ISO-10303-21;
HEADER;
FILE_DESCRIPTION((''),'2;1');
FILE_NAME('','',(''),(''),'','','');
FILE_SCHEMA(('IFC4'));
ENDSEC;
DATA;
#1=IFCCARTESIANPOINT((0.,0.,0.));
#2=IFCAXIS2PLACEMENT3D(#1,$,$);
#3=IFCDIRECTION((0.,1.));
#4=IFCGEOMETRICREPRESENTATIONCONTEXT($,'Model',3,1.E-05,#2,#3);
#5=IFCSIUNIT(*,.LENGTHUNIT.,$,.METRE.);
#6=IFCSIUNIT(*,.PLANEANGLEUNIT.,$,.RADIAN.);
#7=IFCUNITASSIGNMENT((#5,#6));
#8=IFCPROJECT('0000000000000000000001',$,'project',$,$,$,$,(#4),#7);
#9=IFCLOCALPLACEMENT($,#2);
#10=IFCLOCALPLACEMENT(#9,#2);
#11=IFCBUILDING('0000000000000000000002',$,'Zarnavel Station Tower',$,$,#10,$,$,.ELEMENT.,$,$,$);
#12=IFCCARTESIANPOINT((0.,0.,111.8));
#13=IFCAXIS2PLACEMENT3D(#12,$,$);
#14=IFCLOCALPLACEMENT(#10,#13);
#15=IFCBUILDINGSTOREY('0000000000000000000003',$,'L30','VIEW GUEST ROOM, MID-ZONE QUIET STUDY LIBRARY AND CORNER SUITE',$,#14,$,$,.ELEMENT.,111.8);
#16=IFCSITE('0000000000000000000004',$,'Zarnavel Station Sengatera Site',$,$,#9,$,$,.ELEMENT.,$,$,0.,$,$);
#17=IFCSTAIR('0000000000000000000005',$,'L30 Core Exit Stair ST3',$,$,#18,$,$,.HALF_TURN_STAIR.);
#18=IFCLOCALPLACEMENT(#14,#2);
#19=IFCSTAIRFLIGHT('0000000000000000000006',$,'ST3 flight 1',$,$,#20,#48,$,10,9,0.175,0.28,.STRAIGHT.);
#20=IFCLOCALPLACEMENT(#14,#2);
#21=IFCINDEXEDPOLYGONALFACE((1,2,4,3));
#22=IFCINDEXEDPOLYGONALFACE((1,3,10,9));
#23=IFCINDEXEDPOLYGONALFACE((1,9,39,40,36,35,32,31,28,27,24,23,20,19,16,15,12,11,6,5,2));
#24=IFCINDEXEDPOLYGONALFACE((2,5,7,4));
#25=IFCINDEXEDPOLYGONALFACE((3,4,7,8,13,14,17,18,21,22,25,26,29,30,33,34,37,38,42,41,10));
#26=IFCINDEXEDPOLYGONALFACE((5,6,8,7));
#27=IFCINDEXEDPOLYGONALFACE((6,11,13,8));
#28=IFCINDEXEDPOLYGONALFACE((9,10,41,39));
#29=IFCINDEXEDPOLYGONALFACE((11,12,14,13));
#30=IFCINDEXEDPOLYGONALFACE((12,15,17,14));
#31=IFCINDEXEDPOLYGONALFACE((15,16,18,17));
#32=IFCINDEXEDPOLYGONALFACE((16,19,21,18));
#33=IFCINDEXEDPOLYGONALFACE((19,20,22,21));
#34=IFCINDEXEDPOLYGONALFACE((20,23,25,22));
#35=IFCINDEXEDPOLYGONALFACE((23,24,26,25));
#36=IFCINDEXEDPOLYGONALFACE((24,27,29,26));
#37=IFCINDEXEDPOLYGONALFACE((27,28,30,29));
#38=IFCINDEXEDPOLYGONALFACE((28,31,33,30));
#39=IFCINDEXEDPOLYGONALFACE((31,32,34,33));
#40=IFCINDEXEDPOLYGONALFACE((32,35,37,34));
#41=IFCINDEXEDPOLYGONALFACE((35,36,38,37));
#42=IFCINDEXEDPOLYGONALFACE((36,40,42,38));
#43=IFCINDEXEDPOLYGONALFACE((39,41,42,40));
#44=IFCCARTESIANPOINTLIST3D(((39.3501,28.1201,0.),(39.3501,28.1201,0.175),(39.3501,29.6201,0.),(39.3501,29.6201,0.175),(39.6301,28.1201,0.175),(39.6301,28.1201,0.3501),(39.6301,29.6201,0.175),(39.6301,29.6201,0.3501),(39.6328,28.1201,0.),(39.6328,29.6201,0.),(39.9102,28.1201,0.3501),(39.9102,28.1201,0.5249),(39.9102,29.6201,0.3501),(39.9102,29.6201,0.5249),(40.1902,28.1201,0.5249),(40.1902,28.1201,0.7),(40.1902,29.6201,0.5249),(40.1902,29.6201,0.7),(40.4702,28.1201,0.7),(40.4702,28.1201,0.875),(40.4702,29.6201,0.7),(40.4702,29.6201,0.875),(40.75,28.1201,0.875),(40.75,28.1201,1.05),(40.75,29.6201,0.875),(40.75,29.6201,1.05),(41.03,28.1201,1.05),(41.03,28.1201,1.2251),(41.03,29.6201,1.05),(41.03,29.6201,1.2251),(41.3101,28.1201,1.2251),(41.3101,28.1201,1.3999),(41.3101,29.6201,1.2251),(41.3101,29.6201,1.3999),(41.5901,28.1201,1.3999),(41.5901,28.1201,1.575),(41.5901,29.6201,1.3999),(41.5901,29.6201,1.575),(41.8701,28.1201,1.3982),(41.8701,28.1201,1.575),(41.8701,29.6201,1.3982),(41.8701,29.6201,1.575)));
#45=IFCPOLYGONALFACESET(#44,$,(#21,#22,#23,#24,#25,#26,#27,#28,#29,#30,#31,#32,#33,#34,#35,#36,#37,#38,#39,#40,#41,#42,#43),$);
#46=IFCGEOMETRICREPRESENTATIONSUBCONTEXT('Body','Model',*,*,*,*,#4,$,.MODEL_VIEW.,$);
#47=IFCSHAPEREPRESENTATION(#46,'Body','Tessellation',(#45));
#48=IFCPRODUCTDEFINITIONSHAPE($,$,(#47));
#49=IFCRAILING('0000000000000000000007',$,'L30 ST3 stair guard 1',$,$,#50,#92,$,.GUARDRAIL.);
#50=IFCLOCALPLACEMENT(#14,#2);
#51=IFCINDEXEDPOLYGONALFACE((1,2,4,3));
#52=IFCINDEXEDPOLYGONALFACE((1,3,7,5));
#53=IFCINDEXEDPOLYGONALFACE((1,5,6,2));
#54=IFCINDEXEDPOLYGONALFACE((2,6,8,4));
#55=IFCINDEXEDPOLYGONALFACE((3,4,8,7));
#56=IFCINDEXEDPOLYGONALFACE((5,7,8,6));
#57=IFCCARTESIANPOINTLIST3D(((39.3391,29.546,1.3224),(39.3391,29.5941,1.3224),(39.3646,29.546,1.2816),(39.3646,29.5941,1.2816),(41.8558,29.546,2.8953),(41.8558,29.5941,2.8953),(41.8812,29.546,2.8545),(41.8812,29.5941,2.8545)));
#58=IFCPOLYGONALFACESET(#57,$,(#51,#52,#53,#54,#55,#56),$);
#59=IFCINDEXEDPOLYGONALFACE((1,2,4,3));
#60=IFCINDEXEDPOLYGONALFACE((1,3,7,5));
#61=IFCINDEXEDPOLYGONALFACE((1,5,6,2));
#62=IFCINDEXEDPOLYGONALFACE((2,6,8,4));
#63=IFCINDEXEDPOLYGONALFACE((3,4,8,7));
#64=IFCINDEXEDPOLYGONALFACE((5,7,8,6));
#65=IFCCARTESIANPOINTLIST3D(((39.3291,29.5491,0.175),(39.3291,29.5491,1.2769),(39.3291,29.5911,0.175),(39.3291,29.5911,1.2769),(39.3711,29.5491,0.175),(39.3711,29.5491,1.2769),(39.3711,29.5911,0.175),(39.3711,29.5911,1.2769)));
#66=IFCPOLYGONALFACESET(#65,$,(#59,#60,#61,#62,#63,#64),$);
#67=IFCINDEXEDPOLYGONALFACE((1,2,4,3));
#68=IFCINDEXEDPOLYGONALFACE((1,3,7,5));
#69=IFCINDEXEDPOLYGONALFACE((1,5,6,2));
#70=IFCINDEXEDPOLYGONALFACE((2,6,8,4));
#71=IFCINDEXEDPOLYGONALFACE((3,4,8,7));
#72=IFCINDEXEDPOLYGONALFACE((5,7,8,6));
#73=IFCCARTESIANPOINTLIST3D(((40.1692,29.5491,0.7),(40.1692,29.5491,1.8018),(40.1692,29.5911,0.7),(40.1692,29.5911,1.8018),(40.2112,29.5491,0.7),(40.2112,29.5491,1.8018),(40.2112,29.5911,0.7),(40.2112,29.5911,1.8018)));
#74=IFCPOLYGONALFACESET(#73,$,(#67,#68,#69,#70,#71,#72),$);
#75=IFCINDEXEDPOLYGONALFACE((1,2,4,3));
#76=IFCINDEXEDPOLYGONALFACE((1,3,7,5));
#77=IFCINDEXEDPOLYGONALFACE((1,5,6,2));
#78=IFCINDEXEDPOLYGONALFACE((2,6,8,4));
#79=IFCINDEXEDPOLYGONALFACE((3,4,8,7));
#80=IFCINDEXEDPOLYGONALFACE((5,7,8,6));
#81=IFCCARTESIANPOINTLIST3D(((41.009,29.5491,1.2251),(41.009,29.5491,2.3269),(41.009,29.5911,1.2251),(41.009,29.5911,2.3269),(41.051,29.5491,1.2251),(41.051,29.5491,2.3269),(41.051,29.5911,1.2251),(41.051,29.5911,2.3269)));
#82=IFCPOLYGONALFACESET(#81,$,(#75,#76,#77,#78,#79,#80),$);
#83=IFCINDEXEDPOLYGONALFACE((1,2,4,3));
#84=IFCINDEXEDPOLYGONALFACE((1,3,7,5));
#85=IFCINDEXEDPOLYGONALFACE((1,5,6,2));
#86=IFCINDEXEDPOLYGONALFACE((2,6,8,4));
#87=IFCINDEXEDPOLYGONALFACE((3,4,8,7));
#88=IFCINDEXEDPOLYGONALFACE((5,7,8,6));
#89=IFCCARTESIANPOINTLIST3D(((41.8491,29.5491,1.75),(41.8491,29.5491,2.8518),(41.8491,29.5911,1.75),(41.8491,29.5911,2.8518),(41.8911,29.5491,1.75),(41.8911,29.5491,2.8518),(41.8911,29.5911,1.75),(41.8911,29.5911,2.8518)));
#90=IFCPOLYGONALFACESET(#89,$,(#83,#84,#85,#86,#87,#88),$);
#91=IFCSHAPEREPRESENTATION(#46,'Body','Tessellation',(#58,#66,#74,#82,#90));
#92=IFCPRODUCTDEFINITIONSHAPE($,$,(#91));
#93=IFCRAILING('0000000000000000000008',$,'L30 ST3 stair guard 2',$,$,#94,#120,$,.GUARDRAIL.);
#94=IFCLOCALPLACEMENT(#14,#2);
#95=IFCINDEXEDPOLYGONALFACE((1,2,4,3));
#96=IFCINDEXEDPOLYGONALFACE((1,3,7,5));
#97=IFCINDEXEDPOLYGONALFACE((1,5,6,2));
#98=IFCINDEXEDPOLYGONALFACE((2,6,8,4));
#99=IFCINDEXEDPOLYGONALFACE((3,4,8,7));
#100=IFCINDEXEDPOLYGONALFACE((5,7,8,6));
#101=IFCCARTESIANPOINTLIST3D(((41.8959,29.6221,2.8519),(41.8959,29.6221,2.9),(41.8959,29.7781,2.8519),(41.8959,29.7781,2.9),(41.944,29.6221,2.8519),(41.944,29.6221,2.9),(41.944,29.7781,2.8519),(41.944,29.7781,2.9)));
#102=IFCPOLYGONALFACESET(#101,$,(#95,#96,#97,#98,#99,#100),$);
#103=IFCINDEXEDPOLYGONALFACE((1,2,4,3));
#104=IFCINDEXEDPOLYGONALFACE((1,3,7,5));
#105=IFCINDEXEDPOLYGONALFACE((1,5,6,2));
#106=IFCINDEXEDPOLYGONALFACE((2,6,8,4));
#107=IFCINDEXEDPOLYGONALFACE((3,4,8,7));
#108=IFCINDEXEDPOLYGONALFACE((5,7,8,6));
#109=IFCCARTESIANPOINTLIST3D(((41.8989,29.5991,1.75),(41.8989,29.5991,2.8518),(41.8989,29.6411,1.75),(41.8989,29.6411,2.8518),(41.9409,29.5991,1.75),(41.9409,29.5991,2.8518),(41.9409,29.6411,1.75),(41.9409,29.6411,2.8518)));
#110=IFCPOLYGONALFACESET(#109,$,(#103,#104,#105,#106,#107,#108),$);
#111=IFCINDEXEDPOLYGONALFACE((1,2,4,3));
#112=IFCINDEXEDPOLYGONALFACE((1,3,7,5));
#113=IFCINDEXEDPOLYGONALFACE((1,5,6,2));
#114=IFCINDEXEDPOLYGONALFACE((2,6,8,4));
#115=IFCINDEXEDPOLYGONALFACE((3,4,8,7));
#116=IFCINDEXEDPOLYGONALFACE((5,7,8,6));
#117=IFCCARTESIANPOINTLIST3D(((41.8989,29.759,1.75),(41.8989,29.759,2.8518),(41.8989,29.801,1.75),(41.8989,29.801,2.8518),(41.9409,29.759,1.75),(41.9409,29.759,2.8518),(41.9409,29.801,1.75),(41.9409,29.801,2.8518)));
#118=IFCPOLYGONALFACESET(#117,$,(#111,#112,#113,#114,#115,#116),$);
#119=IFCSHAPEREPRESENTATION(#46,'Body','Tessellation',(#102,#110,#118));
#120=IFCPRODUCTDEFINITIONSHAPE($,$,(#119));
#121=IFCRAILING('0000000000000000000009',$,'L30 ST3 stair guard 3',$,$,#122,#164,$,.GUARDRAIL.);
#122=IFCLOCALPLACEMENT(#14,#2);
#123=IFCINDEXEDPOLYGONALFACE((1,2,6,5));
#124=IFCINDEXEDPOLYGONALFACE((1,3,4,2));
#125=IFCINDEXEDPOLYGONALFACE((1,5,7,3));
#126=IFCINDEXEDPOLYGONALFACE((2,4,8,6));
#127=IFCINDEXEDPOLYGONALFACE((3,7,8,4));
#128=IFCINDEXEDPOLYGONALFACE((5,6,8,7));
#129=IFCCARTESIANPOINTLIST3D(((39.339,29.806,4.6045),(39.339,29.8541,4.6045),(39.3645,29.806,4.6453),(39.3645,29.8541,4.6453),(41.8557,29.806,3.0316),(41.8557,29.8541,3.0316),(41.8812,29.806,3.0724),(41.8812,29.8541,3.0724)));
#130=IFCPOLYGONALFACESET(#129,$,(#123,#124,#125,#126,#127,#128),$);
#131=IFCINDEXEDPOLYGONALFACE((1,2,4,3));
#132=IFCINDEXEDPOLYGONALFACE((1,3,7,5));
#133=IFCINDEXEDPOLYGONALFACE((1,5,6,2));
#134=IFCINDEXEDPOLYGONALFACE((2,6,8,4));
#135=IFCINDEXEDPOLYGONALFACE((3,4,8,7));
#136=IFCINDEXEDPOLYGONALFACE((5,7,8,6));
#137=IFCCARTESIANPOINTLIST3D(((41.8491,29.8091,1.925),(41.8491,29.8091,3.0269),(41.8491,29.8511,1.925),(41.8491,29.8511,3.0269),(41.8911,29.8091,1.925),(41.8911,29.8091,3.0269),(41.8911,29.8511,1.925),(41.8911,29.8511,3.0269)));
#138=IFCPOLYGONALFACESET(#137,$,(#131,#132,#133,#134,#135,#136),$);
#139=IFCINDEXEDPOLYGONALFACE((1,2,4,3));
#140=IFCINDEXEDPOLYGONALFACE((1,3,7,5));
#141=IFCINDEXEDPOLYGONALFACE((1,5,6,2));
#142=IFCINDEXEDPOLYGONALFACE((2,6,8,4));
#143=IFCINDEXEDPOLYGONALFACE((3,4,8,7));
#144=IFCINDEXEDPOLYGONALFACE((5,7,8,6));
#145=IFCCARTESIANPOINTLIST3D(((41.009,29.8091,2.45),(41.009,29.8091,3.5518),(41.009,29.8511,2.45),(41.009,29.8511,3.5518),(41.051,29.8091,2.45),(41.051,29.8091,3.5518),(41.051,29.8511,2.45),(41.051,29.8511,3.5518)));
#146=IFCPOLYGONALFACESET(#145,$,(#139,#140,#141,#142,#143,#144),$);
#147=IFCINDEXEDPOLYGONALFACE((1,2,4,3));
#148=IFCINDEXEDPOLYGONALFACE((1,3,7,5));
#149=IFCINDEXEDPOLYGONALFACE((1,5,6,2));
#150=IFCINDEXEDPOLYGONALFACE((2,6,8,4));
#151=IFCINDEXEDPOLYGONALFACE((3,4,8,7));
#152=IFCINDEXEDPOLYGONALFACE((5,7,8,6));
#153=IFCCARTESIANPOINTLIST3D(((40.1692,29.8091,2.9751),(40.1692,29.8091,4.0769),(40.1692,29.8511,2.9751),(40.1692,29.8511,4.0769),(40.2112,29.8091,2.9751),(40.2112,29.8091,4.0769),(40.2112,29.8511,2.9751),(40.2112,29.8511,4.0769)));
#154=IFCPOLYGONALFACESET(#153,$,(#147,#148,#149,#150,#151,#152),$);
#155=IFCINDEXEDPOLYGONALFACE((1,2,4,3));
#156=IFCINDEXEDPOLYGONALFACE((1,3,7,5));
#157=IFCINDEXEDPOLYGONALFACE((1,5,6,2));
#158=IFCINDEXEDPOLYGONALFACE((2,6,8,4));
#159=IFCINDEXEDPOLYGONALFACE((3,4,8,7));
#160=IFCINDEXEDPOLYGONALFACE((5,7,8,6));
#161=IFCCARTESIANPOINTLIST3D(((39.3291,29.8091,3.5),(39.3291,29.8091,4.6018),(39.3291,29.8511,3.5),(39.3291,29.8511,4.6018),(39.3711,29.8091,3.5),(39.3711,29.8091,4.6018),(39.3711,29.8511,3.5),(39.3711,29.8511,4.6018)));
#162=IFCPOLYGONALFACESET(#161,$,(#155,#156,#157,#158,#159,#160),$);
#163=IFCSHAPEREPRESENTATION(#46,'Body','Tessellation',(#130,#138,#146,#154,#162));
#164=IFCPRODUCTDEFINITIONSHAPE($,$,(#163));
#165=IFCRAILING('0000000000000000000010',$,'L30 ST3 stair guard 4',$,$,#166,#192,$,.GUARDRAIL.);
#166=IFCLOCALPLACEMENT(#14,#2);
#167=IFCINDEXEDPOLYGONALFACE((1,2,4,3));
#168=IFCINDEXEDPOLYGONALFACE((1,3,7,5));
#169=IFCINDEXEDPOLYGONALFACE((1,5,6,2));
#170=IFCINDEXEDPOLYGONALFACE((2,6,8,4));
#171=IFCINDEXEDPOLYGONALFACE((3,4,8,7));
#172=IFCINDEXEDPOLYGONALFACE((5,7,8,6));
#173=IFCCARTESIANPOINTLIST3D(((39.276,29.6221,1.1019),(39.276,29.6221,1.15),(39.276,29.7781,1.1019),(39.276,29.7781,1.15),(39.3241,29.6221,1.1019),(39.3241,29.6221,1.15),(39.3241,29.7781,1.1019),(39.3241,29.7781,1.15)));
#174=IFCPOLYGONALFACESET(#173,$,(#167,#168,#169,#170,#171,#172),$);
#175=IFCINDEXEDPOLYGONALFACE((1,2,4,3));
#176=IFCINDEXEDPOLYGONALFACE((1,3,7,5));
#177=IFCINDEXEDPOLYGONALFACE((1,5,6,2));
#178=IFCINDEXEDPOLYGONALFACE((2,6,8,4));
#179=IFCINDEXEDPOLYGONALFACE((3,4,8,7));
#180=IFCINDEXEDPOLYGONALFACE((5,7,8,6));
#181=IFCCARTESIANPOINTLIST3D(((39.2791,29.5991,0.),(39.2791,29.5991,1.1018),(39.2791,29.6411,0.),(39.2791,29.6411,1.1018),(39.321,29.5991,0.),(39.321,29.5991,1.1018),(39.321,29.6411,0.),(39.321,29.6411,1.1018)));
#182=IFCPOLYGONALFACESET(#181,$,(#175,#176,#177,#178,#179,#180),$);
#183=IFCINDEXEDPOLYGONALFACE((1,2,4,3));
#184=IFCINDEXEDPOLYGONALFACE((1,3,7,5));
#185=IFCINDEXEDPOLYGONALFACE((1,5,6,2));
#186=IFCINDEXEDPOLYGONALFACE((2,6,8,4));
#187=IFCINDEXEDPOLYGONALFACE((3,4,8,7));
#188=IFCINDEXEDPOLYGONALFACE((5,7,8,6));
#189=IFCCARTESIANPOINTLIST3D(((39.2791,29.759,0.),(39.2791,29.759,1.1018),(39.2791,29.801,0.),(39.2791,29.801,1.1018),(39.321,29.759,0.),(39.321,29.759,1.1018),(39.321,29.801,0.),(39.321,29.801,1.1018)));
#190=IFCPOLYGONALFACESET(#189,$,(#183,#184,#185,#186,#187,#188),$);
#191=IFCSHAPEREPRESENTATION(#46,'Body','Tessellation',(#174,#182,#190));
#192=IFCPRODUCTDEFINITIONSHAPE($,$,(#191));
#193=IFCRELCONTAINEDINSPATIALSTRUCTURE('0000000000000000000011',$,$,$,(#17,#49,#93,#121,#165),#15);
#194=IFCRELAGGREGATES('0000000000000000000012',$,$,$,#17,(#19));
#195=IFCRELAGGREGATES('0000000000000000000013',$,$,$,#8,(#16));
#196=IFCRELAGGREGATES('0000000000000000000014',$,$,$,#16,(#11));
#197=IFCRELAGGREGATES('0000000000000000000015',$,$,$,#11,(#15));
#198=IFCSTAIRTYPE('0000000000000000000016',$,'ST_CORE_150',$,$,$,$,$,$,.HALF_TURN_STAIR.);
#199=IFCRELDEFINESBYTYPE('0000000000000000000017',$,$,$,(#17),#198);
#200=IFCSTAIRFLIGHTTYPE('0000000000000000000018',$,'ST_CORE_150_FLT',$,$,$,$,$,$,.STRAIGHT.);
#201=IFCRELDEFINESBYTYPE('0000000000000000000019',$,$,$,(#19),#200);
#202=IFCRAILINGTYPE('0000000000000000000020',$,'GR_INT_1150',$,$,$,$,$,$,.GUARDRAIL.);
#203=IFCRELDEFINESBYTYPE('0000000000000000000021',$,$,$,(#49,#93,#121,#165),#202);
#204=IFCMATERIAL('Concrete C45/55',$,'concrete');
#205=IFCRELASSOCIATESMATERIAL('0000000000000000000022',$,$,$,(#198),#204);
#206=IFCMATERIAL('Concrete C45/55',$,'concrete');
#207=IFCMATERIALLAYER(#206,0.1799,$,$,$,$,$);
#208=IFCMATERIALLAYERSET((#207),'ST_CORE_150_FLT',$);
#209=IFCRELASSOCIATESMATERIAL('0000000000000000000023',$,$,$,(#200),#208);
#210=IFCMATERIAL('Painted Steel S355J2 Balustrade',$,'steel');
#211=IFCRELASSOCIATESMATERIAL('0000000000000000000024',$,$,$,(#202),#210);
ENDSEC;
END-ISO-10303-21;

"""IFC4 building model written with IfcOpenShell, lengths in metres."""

from ifc_helpers import new_model, si_unit, direction, frame, origin, origin_2d, place, context, subcontext, project, spatial, polyline, rectangle, outline, extrude, material, layer, layer_set, type_object, element, aggregate, save


model = new_model("IFC4")

# Units and contexts
model_context = context("Model", 3, precision=1e-05, world=origin(), true_north=direction((0.0, 1.0)))
body_context = subcontext(model_context, "Body", "Model", "MODEL_VIEW")
ifc_project = project(units=[si_unit("LENGTHUNIT", "METRE"), si_unit("PLANEANGLEUNIT", "RADIAN")], contexts=[model_context])

# Site, building, storey
site_placement = place(None, origin())
site = spatial("IfcSite", under=ifc_project, at=site_placement, Name="Zarnavel Station Sengatera Site", CompositionType="ELEMENT", RefElevation=0.0)
building_placement = place(site_placement, origin())
building = spatial("IfcBuilding", under=site, at=building_placement, Name="Zarnavel Station Tower", CompositionType="ELEMENT")
storey_placement = place(building_placement, frame((0.0, 0.0, 111.8)))
storey = spatial("IfcBuildingStorey", under=building, at=storey_placement, Name="L30", Description="VIEW GUEST ROOM, MID-ZONE QUIET STUDY LIBRARY AND CORNER SUITE", CompositionType="ELEMENT", Elevation=111.8)

# Stair, stair flight
ifc_material_1 = material(Name="Concrete C45/55", Category="concrete")
stair_type = type_object("IfcStairType", Name="ST_CORE_150", PredefinedType="HALF_TURN_STAIR", material=ifc_material_1)
stair_placement = place(storey_placement, origin())
stair = element("IfcStair", 1, at=stair_placement, inside=storey, type_object=stair_type, Name="L30 Core Exit Stair ST3", PredefinedType="HALF_TURN_STAIR")
ifc_material_2 = material(Name="Concrete C45/55", Category="concrete")
ifc_layer_1 = layer(ifc_material_2, 0.1799)
ifc_layer_set_1 = layer_set([ifc_layer_1], Name="ST_CORE_150_FLT")
stair_flight_type = type_object("IfcStairFlightType", Name="ST_CORE_150_FLT", PredefinedType="STRAIGHT", material=ifc_layer_set_1)
stair_flight_placement = place(storey_placement, frame((39.3501, 28.8701, 0.0), z_axis=(0.0, 0.0, 1.0), x_axis=(1.0, 0.0, 0.0)))
stair_flight = element("IfcStairFlight", 2, at=stair_flight_placement, type_object=stair_flight_type, Name="ST3 flight 1", NumberOfRisers=10, NumberOfTreads=9, PredefinedType="STRAIGHT", RiserHeight=0.175, TreadLength=0.28, context=body_context, shape_type="SweptSolid", body=[
    extrude(outline(polyline([(0.0, 0.0), (0.0, 0.175), (0.28, 0.175), (0.28, 0.3501), (0.5601, 0.3501), (0.5601, 0.5249), (0.8401, 0.5249), (0.8401, 0.7), (1.1201, 0.7), (1.1201, 0.875), (1.3999, 0.875), (1.3999, 1.05), (1.6799, 1.05), (1.6799, 1.2251), (1.96, 1.2251), (1.96, 1.3999), (2.24, 1.3999), (2.24, 1.575), (2.52, 1.575), (2.52, 1.75), (2.52, 1.3982), (0.2827, 0.0), (0.0, 0.0)])), frame((0.0, 0.75, 0.0), z_axis=(0.0, -1.0, 0.0), x_axis=(1.0, 0.0, 0.0)), (0.0, 0.0, 1.0), 1.5),
])
aggregate(stair, [stair_flight])

# Railings
ifc_material_3 = material(Name="Painted Steel S355J2 Balustrade", Category="steel")
railing_type_1 = type_object("IfcRailingType", Name="GR_INT_1150", PredefinedType="GUARDRAIL", material=ifc_material_3)
railing_1_placement = place(storey_placement, frame((39.3501, 29.5701, 0.175)))
element("IfcRailing", 3, at=railing_1_placement, inside=storey, type_object=railing_type_1, Name="L30 ST3 stair guard 1", PredefinedType="GUARDRAIL", context=body_context, shape_type="SweptSolid", body=[
    extrude(rectangle(XDim=0.0481, YDim=0.0481, at=origin_2d()), frame((0.0017, 0.0, 1.127), z_axis=(0.848008, 0.0, 0.529984), x_axis=(0.0, 1.0, 0.0)), (0.0, 0.0, 1.0), 2.9678),
    extrude(rectangle(XDim=0.042, YDim=0.042, at=origin_2d()), origin(), (0.0, 0.0, 1.0), 1.1018),
    extrude(rectangle(XDim=0.042, YDim=0.042, at=origin_2d()), frame((0.8401, 0.0, 0.5249)), (0.0, 0.0, 1.0), 1.1018),
    extrude(rectangle(XDim=0.042, YDim=0.042, at=origin_2d()), frame((1.6799, 0.0, 1.05)), (0.0, 0.0, 1.0), 1.1018),
    extrude(rectangle(XDim=0.042, YDim=0.042, at=origin_2d()), frame((2.52, 0.0, 1.575)), (0.0, 0.0, 1.0), 1.1018),
])
railing_2_placement = place(storey_placement, frame((41.9199, 29.6201, 1.75)))
element("IfcRailing", 4, at=railing_2_placement, inside=storey, type_object=railing_type_1, Name="L30 ST3 stair guard 2", PredefinedType="GUARDRAIL", context=body_context, shape_type="SweptSolid", body=[
    extrude(rectangle(XDim=0.0481, YDim=0.0481, at=origin_2d()), frame((0.0, 0.002, 1.126), z_axis=(0.0, 1.0, 0.0), x_axis=(-1.0, 0.0, 0.0)), (0.0, 0.0, 1.0), 0.156),
    extrude(rectangle(XDim=0.042, YDim=0.042, at=origin_2d()), origin(), (0.0, 0.0, 1.0), 1.1018),
    extrude(rectangle(XDim=0.042, YDim=0.042, at=origin_2d()), frame((0.0, 0.1599, 0.0)), (0.0, 0.0, 1.0), 1.1018),
])
railing_3_placement = place(storey_placement, frame((41.8701, 29.8301, 1.925)))
element("IfcRailing", 5, at=railing_3_placement, inside=storey, type_object=railing_type_1, Name="L30 ST3 stair guard 3", PredefinedType="GUARDRAIL", context=body_context, shape_type="SweptSolid", body=[
    extrude(rectangle(XDim=0.0481, YDim=0.0481, at=origin_2d()), frame((-0.0017, 0.0, 1.127), z_axis=(-0.848008, 0.0, 0.529984), x_axis=(0.0, -1.0, 0.0)), (0.0, 0.0, 1.0), 2.9678),
    extrude(rectangle(XDim=0.042, YDim=0.042, at=origin_2d()), origin(), (0.0, 0.0, 1.0), 1.1018),
    extrude(rectangle(XDim=0.042, YDim=0.042, at=origin_2d()), frame((-0.8401, 0.0, 0.5249)), (0.0, 0.0, 1.0), 1.1018),
    extrude(rectangle(XDim=0.042, YDim=0.042, at=origin_2d()), frame((-1.6799, 0.0, 1.05)), (0.0, 0.0, 1.0), 1.1018),
    extrude(rectangle(XDim=0.042, YDim=0.042, at=origin_2d()), frame((-2.52, 0.0, 1.575)), (0.0, 0.0, 1.0), 1.1018),
])
railing_4_placement = place(storey_placement, frame((39.3, 29.6201, 0.0)))
element("IfcRailing", 6, at=railing_4_placement, inside=storey, type_object=railing_type_1, Name="L30 ST3 stair guard 4", PredefinedType="GUARDRAIL", context=body_context, shape_type="SweptSolid", body=[
    extrude(rectangle(XDim=0.0481, YDim=0.0481, at=origin_2d()), frame((0.0, 0.002, 1.126), z_axis=(0.0, 1.0, 0.0), x_axis=(-1.0, 0.0, 0.0)), (0.0, 0.0, 1.0), 0.156),
    extrude(rectangle(XDim=0.042, YDim=0.042, at=origin_2d()), origin(), (0.0, 0.0, 1.0), 1.1018),
    extrude(rectangle(XDim=0.042, YDim=0.042, at=origin_2d()), frame((0.0, 0.1599, 0.0)), (0.0, 0.0, 1.0), 1.1018),
])

save(model, "model.ifc")
